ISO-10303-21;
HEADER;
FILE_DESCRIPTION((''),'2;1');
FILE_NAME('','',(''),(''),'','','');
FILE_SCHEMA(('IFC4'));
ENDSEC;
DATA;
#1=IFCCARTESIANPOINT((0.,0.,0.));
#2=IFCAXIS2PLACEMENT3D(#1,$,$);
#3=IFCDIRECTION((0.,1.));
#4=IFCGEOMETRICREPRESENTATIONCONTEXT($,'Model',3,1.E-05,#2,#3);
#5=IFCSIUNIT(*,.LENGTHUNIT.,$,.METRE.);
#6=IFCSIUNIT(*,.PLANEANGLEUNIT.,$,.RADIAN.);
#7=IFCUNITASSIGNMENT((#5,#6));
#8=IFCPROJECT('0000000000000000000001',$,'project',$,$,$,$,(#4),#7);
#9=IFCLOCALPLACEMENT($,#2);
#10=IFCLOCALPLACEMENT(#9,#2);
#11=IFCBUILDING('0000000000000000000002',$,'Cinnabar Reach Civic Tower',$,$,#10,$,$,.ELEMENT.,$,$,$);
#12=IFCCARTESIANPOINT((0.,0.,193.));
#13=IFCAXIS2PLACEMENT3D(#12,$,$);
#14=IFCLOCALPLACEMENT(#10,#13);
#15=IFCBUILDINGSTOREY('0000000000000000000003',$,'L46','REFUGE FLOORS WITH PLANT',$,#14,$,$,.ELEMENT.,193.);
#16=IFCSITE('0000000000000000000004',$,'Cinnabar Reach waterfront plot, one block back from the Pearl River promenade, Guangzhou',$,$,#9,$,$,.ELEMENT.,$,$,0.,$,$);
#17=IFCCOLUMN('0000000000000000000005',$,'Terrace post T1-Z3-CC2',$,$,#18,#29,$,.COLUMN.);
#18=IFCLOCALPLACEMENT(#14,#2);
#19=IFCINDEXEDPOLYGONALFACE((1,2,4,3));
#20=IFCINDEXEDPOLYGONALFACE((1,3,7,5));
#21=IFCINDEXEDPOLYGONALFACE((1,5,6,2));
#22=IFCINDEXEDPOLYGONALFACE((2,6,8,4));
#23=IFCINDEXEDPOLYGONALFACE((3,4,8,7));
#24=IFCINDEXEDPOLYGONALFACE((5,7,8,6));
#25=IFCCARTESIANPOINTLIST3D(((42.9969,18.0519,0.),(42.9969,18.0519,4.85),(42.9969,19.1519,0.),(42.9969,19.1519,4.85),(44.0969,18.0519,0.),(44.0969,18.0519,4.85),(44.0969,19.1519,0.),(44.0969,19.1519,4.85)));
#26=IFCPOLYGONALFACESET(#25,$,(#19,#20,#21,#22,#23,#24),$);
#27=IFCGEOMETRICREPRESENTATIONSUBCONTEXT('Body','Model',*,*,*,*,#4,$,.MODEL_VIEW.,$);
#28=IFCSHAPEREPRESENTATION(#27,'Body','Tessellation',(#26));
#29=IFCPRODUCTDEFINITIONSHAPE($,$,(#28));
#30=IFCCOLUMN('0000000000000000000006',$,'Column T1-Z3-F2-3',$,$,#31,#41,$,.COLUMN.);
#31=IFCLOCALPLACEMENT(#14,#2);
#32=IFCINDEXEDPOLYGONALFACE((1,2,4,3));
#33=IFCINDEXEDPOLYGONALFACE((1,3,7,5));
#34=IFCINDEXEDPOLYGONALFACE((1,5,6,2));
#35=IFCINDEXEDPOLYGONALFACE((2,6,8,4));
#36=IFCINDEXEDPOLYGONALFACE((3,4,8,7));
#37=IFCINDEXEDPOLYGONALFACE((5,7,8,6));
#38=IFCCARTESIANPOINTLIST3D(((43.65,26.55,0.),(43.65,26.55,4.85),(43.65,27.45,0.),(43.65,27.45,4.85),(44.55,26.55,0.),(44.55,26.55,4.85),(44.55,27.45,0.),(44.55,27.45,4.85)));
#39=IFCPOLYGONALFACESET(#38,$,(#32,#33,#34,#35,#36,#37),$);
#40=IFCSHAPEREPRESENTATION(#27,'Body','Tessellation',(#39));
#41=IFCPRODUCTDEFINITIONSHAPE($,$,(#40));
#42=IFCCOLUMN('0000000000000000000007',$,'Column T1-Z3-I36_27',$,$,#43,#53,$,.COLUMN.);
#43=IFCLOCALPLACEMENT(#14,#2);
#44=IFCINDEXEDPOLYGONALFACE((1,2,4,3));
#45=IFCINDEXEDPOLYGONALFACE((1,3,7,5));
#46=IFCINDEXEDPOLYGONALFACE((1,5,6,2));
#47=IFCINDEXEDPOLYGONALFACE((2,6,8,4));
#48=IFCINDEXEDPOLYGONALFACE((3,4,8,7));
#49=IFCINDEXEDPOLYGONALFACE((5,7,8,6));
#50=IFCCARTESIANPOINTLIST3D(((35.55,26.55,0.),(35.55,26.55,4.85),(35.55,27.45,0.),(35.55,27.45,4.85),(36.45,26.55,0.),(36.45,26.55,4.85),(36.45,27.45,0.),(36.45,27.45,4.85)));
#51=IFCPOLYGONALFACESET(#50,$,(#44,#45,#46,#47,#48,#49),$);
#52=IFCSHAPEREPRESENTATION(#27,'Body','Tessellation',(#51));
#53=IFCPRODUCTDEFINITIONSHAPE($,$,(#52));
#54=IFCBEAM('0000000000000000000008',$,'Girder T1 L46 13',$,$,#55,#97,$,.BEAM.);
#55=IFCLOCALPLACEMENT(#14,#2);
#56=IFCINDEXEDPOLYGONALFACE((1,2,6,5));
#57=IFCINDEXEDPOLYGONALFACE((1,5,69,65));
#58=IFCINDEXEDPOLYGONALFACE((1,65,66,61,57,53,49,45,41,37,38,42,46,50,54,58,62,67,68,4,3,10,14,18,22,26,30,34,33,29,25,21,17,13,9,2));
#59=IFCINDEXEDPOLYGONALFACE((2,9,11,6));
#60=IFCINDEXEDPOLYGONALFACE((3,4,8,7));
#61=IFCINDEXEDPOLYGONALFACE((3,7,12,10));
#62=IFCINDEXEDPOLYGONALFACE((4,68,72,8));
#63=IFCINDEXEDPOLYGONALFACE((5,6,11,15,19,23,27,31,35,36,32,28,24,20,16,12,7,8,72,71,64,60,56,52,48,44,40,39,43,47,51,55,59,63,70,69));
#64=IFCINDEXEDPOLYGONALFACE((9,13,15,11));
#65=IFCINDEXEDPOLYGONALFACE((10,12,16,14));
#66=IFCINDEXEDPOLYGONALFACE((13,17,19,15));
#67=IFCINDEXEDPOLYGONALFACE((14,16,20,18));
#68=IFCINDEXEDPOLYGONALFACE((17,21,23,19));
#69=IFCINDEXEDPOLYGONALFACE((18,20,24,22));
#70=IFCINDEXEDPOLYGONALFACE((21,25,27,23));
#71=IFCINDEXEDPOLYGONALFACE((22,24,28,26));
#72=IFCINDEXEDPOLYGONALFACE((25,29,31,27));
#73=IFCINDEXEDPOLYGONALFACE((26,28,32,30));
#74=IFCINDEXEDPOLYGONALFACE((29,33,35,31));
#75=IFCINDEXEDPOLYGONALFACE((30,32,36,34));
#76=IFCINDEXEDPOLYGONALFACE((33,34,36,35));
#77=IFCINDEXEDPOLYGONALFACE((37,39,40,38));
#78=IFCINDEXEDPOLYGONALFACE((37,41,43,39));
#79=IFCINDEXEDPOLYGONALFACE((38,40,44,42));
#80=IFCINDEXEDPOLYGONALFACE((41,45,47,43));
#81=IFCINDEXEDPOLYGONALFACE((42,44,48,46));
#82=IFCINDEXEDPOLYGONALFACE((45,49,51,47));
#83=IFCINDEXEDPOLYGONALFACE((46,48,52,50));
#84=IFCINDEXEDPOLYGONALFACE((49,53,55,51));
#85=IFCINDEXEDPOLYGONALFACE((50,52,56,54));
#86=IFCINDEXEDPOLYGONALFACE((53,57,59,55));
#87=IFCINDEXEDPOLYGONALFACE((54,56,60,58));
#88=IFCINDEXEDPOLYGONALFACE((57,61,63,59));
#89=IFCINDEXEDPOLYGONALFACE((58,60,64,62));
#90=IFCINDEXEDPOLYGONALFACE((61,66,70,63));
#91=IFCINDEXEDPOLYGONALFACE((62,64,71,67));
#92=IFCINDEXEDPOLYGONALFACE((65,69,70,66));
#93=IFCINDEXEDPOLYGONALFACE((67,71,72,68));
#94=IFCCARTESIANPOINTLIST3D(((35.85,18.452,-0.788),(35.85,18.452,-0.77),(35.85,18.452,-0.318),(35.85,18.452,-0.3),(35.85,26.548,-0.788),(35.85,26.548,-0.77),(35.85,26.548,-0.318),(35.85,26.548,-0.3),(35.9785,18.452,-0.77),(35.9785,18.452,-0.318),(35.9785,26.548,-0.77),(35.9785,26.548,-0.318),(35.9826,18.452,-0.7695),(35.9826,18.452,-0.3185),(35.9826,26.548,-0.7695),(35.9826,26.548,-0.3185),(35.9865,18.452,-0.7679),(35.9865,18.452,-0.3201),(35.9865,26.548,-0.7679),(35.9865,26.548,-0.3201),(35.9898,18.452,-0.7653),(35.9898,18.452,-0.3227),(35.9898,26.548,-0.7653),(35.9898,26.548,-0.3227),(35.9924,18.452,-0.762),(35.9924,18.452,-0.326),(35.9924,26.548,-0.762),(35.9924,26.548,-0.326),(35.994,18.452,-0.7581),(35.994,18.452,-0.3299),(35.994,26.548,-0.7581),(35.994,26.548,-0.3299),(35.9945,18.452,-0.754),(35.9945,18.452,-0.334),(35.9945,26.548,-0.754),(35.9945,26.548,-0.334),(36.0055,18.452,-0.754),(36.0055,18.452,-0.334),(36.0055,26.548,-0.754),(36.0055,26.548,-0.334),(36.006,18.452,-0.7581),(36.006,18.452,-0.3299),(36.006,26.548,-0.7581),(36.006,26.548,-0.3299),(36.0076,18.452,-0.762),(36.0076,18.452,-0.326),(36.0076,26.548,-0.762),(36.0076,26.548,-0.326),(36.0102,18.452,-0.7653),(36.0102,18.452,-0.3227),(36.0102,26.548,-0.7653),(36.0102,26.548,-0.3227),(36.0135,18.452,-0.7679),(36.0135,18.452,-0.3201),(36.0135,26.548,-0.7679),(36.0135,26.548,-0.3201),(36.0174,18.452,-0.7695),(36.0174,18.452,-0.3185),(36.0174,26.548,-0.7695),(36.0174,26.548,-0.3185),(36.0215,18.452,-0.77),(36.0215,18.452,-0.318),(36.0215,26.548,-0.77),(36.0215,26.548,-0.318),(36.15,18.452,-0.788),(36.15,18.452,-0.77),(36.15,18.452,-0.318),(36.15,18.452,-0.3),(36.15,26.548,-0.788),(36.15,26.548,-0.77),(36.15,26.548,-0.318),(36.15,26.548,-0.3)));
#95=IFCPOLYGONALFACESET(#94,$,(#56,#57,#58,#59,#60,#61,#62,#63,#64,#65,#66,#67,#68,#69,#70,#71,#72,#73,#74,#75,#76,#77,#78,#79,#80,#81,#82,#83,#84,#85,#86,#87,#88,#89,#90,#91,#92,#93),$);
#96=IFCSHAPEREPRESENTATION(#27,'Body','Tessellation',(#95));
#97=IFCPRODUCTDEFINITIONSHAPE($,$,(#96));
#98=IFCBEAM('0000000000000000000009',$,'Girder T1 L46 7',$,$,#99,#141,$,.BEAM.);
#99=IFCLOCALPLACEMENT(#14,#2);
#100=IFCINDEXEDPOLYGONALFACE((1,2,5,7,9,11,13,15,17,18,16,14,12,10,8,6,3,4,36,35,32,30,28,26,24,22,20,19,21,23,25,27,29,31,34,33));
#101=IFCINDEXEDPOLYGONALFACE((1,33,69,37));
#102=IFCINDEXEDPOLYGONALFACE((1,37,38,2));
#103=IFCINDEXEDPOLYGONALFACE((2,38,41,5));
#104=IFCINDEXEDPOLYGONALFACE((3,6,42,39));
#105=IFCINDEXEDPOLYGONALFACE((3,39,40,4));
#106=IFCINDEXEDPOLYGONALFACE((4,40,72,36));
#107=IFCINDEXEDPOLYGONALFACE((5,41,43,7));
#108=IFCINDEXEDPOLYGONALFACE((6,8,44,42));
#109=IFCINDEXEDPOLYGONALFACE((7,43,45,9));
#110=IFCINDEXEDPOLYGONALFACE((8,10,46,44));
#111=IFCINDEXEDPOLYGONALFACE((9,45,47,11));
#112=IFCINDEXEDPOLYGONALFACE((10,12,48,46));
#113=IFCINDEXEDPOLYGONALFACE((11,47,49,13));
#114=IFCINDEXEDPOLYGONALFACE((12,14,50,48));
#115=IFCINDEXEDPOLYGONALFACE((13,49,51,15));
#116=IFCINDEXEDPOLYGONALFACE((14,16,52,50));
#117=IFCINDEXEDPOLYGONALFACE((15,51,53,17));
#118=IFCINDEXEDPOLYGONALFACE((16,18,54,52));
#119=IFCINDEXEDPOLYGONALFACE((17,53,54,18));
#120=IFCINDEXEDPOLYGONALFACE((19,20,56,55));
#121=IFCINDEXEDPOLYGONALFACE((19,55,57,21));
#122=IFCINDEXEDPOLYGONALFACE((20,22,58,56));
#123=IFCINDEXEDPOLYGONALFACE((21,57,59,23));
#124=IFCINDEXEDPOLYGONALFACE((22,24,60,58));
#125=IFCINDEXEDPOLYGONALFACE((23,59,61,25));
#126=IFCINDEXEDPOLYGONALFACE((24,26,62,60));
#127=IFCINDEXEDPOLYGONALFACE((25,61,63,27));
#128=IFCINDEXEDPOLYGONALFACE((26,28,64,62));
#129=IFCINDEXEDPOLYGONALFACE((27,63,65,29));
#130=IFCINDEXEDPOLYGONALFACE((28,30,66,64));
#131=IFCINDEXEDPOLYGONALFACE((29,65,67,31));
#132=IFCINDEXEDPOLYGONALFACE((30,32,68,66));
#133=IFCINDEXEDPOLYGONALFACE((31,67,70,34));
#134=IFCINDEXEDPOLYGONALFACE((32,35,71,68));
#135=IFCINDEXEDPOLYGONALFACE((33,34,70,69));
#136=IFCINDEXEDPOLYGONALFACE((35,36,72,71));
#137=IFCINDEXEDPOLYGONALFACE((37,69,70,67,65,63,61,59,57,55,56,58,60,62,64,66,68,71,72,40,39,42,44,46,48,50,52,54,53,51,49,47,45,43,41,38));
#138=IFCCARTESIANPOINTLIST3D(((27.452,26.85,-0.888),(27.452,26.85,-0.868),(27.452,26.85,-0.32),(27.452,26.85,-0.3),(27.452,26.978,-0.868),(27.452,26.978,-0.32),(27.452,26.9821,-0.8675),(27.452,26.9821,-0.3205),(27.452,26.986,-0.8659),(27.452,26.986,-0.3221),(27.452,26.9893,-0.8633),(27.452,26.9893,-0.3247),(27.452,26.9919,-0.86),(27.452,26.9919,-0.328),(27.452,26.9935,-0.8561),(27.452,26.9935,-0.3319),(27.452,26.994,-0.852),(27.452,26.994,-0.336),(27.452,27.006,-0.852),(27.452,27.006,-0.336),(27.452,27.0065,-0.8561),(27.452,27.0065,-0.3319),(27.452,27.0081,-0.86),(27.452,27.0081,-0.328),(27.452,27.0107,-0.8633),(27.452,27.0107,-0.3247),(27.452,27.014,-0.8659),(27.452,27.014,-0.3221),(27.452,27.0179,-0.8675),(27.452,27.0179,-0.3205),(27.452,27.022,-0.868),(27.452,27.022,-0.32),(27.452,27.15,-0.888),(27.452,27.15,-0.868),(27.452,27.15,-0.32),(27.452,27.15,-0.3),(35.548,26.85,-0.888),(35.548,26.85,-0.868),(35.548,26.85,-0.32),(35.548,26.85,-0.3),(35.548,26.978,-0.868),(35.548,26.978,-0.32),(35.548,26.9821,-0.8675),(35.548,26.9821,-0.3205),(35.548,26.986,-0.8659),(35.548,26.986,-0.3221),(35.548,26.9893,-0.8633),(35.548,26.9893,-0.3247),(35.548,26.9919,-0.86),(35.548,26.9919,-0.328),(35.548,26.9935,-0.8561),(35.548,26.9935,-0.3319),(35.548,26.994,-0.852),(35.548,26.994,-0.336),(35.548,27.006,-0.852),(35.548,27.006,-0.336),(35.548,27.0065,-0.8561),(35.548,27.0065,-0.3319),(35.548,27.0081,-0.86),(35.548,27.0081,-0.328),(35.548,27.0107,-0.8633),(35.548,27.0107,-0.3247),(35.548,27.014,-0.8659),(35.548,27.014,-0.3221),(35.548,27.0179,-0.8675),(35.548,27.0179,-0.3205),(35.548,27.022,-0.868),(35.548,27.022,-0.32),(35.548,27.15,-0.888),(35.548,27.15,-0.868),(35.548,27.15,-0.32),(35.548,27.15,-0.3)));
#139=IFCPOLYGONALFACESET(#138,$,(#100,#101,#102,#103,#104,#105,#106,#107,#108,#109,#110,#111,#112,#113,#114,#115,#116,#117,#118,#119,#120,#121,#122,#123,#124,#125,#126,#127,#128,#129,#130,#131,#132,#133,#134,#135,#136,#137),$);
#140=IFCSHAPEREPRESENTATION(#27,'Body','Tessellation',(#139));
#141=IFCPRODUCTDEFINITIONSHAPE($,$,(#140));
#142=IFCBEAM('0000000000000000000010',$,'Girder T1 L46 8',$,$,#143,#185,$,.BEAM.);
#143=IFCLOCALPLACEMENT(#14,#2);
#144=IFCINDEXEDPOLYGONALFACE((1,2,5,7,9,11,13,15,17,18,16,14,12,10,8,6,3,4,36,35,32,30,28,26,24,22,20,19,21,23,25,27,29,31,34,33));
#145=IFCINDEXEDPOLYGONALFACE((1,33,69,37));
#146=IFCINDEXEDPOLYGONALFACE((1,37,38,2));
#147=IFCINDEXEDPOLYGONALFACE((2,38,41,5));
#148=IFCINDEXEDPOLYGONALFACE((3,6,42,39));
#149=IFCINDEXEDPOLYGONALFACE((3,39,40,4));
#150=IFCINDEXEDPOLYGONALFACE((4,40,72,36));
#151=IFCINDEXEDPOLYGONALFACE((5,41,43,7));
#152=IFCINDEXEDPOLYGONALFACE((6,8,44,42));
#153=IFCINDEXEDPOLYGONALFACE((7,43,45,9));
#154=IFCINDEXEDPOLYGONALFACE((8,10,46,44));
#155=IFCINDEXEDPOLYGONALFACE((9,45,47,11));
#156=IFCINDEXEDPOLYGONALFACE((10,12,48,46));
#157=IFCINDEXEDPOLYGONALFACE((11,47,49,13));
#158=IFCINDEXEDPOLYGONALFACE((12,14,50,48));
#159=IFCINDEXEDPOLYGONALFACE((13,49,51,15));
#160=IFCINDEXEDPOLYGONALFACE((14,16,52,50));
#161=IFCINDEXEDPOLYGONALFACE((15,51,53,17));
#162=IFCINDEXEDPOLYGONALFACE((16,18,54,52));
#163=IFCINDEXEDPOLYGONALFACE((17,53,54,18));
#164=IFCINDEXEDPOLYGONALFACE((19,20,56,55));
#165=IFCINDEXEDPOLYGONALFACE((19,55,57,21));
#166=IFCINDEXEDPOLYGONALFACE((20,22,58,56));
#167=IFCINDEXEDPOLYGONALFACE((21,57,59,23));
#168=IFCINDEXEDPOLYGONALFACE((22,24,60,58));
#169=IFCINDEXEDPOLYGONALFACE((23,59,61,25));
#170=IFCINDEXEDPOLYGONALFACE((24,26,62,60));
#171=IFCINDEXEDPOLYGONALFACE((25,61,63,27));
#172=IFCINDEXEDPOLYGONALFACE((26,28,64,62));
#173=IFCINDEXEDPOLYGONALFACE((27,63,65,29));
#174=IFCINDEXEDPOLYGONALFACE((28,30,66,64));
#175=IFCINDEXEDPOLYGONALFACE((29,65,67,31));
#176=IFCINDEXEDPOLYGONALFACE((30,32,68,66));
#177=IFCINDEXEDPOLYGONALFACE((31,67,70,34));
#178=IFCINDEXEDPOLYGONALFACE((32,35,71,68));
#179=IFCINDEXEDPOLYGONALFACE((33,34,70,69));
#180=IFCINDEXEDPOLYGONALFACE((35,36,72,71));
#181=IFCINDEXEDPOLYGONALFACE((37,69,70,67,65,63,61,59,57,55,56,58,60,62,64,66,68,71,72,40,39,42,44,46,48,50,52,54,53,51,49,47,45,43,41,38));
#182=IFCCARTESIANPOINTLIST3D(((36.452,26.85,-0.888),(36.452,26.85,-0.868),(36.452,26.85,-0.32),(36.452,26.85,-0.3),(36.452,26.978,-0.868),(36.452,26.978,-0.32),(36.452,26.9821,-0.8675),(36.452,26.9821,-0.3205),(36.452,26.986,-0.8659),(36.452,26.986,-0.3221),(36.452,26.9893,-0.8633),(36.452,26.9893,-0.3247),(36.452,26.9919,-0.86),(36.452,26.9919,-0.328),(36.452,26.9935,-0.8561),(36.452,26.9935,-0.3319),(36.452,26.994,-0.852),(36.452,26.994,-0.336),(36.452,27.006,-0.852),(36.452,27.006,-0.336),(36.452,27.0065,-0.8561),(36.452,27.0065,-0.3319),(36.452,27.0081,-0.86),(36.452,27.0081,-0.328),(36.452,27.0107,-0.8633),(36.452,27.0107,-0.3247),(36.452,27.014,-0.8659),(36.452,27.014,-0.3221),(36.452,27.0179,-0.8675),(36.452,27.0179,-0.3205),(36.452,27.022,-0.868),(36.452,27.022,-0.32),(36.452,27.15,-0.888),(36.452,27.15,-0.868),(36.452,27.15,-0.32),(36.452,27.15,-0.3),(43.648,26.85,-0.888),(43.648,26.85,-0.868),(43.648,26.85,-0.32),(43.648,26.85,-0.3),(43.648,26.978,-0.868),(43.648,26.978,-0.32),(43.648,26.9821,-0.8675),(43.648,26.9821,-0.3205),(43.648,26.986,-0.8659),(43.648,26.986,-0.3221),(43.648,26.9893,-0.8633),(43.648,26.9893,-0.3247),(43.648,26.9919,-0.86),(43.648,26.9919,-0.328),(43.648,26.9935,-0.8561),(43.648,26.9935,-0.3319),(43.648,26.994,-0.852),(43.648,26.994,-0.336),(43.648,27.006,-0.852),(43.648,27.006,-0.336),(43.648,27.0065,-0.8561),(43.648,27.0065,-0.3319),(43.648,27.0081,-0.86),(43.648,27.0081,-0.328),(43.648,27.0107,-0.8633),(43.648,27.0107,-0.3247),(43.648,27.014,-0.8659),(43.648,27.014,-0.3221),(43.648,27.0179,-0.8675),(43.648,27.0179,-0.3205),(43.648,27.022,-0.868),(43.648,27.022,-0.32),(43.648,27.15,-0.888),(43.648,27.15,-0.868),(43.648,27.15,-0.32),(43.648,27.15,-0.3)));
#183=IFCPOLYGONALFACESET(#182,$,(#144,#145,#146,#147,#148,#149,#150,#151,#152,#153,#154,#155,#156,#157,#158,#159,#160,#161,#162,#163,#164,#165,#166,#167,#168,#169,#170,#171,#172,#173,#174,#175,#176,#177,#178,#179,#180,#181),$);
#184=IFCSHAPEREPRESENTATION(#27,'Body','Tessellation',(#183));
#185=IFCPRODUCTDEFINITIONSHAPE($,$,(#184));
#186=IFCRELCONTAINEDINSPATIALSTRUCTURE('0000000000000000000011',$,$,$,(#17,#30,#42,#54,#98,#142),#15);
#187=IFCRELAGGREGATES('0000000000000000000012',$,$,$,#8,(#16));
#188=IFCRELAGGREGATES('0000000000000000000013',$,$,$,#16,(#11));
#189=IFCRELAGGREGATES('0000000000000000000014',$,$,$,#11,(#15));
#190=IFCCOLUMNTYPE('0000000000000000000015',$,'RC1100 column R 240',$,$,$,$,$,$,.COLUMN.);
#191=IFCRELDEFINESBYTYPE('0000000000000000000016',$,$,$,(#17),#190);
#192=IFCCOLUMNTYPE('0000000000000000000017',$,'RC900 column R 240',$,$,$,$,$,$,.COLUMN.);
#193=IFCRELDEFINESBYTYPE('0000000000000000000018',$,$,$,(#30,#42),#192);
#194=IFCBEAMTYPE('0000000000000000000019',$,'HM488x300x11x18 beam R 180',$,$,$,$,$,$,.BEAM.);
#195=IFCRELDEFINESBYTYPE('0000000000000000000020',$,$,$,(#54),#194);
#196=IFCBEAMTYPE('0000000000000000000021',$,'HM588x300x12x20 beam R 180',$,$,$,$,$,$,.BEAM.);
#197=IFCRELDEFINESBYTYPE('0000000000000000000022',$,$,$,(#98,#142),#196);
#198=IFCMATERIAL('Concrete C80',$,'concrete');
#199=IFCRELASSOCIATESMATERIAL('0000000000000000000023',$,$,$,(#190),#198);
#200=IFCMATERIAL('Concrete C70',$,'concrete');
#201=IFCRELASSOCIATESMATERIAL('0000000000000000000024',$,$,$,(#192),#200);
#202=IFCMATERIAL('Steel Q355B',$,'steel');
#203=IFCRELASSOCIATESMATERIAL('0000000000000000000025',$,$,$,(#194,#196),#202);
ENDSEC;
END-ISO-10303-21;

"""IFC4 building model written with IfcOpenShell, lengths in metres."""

from ifc_helpers import new_model, si_unit, direction, frame, origin, origin_2d, place, context, subcontext, project, spatial, rectangle, i_section, extrude, material, material_profile, profile_set, type_object, element, save


model = new_model("IFC4")

# Units and contexts
model_context = context("Model", 3, precision=1e-05, world=origin(), true_north=direction((0.0, 1.0)))
body_context = subcontext(model_context, "Body", "Model", "MODEL_VIEW")
ifc_project = project(units=[si_unit("LENGTHUNIT", "METRE"), si_unit("PLANEANGLEUNIT", "RADIAN")], contexts=[model_context])

# Site, building, storey
site_placement = place(None, origin())
site = spatial("IfcSite", under=ifc_project, at=site_placement, Name="Cinnabar Reach waterfront plot, one block back from the Pearl River promenade, Guangzhou", CompositionType="ELEMENT", RefElevation=0.0)
building_placement = place(site_placement, origin())
building = spatial("IfcBuilding", under=site, at=building_placement, Name="Cinnabar Reach Civic Tower", CompositionType="ELEMENT")
storey_placement = place(building_placement, frame((0.0, 0.0, 193.0)))
storey = spatial("IfcBuildingStorey", under=building, at=storey_placement, Name="L46", Description="REFUGE FLOORS WITH PLANT", CompositionType="ELEMENT", Elevation=193.0)

# Columns
ifc_material_1 = material(Name="Concrete C80", Category="concrete")
ifc_material_profile_1 = material_profile(ifc_material_1, rectangle(XDim=1.1, YDim=1.1, at=origin_2d()), Name="RC1100")
ifc_profile_set_1 = profile_set([ifc_material_profile_1], Name="Concrete C80")
column_type_1 = type_object("IfcColumnType", Name="RC1100 column R 240", PredefinedType="COLUMN", material=ifc_profile_set_1)
column_placement = place(storey_placement, frame((43.5469, 18.6019, 0.0), z_axis=(0.0, 0.0, 1.0), x_axis=(1.0, 0.0, 0.0)))
element("IfcColumn", 1, at=column_placement, inside=storey, type_object=column_type_1, Name="Terrace post T1-Z3-CC2", PredefinedType="COLUMN", context=body_context, shape_type="SweptSolid", body=[
    extrude(rectangle(XDim=1.1, YDim=1.1, at=origin_2d()), origin(), (0.0, 0.0, 1.0), 4.85),
])
ifc_material_2 = material(Name="Concrete C70", Category="concrete")
ifc_material_profile_2 = material_profile(ifc_material_2, rectangle(XDim=0.9, YDim=0.9, at=origin_2d()), Name="RC900")
ifc_profile_set_2 = profile_set([ifc_material_profile_2], Name="Concrete C70")
column_type_2 = type_object("IfcColumnType", Name="RC900 column R 240", PredefinedType="COLUMN", material=ifc_profile_set_2)
for number, where, z_axis, x_axis, name in (
    (2, (44.1, 27.0, 0.0), (0.0, 0.0, 1.0), (1.0, 0.0, 0.0), "Column T1-Z3-F2-3"),
    (3, (36.0, 27.0, 0.0), (0.0, 0.0, 1.0), (1.0, 0.0, 0.0), "Column T1-Z3-I36_27"),
):
    element("IfcColumn", number, at=place(storey_placement, frame(where, z_axis=z_axis, x_axis=x_axis)), inside=storey, type_object=column_type_2, Name=name, PredefinedType="COLUMN", context=body_context, shape_type="SweptSolid", body=[
        extrude(rectangle(XDim=0.9, YDim=0.9, at=origin_2d()), origin(), (0.0, 0.0, 1.0), 4.85),
    ])

# Beams
ifc_material_3 = material(Name="Steel Q355B", Category="steel")
ifc_material_profile_3 = material_profile(ifc_material_3, i_section(OverallWidth=0.3, OverallDepth=0.488, WebThickness=0.011, FlangeThickness=0.018, FilletRadius=0.016, at=origin_2d()), Name="HM488x300x11x18")
ifc_profile_set_3 = profile_set([ifc_material_profile_3], Name="Steel Q355B")
beam_type_1 = type_object("IfcBeamType", Name="HM488x300x11x18 beam R 180", PredefinedType="BEAM", material=ifc_profile_set_3)
beam_1_placement = place(storey_placement, frame((36.0, 18.452, -0.544), z_axis=(0.0, 1.0, 0.0), x_axis=(-1.0, 0.0, 0.0)))
element("IfcBeam", 4, at=beam_1_placement, inside=storey, type_object=beam_type_1, Name="Girder T1 L46 13", PredefinedType="BEAM", context=body_context, shape_type="SweptSolid", body=[
    extrude(i_section(OverallWidth=0.3, OverallDepth=0.488, WebThickness=0.011, FlangeThickness=0.018, FilletRadius=0.016, at=origin_2d()), origin(), (0.0, 0.0, 1.0), 8.096),
])
ifc_material_profile_4 = material_profile(ifc_material_3, i_section(OverallWidth=0.3, OverallDepth=0.588, WebThickness=0.012, FlangeThickness=0.02, FilletRadius=0.016, at=origin_2d()), Name="HM588x300x12x20")
ifc_profile_set_4 = profile_set([ifc_material_profile_4], Name="Steel Q355B")
beam_type_2 = type_object("IfcBeamType", Name="HM588x300x12x20 beam R 180", PredefinedType="BEAM", material=ifc_profile_set_4)
beam_2_placement = place(storey_placement, frame((27.452, 27.0, -0.594), z_axis=(1.0, 0.0, 0.0), x_axis=(0.0, 1.0, 0.0)))
element("IfcBeam", 5, at=beam_2_placement, inside=storey, type_object=beam_type_2, Name="Girder T1 L46 7", PredefinedType="BEAM", context=body_context, shape_type="SweptSolid", body=[
    extrude(i_section(OverallWidth=0.3, OverallDepth=0.588, WebThickness=0.012, FlangeThickness=0.02, FilletRadius=0.016, at=origin_2d()), origin(), (0.0, 0.0, 1.0), 8.096),
])
beam_3_placement = place(storey_placement, frame((36.452, 27.0, -0.594), z_axis=(1.0, 0.0, 0.0), x_axis=(0.0, 1.0, 0.0)))
element("IfcBeam", 6, at=beam_3_placement, inside=storey, type_object=beam_type_2, Name="Girder T1 L46 8", PredefinedType="BEAM", context=body_context, shape_type="SweptSolid", body=[
    extrude(i_section(OverallWidth=0.3, OverallDepth=0.588, WebThickness=0.012, FlangeThickness=0.02, FilletRadius=0.016, at=origin_2d()), origin(), (0.0, 0.0, 1.0), 7.196),
])

save(model, "model.ifc")
